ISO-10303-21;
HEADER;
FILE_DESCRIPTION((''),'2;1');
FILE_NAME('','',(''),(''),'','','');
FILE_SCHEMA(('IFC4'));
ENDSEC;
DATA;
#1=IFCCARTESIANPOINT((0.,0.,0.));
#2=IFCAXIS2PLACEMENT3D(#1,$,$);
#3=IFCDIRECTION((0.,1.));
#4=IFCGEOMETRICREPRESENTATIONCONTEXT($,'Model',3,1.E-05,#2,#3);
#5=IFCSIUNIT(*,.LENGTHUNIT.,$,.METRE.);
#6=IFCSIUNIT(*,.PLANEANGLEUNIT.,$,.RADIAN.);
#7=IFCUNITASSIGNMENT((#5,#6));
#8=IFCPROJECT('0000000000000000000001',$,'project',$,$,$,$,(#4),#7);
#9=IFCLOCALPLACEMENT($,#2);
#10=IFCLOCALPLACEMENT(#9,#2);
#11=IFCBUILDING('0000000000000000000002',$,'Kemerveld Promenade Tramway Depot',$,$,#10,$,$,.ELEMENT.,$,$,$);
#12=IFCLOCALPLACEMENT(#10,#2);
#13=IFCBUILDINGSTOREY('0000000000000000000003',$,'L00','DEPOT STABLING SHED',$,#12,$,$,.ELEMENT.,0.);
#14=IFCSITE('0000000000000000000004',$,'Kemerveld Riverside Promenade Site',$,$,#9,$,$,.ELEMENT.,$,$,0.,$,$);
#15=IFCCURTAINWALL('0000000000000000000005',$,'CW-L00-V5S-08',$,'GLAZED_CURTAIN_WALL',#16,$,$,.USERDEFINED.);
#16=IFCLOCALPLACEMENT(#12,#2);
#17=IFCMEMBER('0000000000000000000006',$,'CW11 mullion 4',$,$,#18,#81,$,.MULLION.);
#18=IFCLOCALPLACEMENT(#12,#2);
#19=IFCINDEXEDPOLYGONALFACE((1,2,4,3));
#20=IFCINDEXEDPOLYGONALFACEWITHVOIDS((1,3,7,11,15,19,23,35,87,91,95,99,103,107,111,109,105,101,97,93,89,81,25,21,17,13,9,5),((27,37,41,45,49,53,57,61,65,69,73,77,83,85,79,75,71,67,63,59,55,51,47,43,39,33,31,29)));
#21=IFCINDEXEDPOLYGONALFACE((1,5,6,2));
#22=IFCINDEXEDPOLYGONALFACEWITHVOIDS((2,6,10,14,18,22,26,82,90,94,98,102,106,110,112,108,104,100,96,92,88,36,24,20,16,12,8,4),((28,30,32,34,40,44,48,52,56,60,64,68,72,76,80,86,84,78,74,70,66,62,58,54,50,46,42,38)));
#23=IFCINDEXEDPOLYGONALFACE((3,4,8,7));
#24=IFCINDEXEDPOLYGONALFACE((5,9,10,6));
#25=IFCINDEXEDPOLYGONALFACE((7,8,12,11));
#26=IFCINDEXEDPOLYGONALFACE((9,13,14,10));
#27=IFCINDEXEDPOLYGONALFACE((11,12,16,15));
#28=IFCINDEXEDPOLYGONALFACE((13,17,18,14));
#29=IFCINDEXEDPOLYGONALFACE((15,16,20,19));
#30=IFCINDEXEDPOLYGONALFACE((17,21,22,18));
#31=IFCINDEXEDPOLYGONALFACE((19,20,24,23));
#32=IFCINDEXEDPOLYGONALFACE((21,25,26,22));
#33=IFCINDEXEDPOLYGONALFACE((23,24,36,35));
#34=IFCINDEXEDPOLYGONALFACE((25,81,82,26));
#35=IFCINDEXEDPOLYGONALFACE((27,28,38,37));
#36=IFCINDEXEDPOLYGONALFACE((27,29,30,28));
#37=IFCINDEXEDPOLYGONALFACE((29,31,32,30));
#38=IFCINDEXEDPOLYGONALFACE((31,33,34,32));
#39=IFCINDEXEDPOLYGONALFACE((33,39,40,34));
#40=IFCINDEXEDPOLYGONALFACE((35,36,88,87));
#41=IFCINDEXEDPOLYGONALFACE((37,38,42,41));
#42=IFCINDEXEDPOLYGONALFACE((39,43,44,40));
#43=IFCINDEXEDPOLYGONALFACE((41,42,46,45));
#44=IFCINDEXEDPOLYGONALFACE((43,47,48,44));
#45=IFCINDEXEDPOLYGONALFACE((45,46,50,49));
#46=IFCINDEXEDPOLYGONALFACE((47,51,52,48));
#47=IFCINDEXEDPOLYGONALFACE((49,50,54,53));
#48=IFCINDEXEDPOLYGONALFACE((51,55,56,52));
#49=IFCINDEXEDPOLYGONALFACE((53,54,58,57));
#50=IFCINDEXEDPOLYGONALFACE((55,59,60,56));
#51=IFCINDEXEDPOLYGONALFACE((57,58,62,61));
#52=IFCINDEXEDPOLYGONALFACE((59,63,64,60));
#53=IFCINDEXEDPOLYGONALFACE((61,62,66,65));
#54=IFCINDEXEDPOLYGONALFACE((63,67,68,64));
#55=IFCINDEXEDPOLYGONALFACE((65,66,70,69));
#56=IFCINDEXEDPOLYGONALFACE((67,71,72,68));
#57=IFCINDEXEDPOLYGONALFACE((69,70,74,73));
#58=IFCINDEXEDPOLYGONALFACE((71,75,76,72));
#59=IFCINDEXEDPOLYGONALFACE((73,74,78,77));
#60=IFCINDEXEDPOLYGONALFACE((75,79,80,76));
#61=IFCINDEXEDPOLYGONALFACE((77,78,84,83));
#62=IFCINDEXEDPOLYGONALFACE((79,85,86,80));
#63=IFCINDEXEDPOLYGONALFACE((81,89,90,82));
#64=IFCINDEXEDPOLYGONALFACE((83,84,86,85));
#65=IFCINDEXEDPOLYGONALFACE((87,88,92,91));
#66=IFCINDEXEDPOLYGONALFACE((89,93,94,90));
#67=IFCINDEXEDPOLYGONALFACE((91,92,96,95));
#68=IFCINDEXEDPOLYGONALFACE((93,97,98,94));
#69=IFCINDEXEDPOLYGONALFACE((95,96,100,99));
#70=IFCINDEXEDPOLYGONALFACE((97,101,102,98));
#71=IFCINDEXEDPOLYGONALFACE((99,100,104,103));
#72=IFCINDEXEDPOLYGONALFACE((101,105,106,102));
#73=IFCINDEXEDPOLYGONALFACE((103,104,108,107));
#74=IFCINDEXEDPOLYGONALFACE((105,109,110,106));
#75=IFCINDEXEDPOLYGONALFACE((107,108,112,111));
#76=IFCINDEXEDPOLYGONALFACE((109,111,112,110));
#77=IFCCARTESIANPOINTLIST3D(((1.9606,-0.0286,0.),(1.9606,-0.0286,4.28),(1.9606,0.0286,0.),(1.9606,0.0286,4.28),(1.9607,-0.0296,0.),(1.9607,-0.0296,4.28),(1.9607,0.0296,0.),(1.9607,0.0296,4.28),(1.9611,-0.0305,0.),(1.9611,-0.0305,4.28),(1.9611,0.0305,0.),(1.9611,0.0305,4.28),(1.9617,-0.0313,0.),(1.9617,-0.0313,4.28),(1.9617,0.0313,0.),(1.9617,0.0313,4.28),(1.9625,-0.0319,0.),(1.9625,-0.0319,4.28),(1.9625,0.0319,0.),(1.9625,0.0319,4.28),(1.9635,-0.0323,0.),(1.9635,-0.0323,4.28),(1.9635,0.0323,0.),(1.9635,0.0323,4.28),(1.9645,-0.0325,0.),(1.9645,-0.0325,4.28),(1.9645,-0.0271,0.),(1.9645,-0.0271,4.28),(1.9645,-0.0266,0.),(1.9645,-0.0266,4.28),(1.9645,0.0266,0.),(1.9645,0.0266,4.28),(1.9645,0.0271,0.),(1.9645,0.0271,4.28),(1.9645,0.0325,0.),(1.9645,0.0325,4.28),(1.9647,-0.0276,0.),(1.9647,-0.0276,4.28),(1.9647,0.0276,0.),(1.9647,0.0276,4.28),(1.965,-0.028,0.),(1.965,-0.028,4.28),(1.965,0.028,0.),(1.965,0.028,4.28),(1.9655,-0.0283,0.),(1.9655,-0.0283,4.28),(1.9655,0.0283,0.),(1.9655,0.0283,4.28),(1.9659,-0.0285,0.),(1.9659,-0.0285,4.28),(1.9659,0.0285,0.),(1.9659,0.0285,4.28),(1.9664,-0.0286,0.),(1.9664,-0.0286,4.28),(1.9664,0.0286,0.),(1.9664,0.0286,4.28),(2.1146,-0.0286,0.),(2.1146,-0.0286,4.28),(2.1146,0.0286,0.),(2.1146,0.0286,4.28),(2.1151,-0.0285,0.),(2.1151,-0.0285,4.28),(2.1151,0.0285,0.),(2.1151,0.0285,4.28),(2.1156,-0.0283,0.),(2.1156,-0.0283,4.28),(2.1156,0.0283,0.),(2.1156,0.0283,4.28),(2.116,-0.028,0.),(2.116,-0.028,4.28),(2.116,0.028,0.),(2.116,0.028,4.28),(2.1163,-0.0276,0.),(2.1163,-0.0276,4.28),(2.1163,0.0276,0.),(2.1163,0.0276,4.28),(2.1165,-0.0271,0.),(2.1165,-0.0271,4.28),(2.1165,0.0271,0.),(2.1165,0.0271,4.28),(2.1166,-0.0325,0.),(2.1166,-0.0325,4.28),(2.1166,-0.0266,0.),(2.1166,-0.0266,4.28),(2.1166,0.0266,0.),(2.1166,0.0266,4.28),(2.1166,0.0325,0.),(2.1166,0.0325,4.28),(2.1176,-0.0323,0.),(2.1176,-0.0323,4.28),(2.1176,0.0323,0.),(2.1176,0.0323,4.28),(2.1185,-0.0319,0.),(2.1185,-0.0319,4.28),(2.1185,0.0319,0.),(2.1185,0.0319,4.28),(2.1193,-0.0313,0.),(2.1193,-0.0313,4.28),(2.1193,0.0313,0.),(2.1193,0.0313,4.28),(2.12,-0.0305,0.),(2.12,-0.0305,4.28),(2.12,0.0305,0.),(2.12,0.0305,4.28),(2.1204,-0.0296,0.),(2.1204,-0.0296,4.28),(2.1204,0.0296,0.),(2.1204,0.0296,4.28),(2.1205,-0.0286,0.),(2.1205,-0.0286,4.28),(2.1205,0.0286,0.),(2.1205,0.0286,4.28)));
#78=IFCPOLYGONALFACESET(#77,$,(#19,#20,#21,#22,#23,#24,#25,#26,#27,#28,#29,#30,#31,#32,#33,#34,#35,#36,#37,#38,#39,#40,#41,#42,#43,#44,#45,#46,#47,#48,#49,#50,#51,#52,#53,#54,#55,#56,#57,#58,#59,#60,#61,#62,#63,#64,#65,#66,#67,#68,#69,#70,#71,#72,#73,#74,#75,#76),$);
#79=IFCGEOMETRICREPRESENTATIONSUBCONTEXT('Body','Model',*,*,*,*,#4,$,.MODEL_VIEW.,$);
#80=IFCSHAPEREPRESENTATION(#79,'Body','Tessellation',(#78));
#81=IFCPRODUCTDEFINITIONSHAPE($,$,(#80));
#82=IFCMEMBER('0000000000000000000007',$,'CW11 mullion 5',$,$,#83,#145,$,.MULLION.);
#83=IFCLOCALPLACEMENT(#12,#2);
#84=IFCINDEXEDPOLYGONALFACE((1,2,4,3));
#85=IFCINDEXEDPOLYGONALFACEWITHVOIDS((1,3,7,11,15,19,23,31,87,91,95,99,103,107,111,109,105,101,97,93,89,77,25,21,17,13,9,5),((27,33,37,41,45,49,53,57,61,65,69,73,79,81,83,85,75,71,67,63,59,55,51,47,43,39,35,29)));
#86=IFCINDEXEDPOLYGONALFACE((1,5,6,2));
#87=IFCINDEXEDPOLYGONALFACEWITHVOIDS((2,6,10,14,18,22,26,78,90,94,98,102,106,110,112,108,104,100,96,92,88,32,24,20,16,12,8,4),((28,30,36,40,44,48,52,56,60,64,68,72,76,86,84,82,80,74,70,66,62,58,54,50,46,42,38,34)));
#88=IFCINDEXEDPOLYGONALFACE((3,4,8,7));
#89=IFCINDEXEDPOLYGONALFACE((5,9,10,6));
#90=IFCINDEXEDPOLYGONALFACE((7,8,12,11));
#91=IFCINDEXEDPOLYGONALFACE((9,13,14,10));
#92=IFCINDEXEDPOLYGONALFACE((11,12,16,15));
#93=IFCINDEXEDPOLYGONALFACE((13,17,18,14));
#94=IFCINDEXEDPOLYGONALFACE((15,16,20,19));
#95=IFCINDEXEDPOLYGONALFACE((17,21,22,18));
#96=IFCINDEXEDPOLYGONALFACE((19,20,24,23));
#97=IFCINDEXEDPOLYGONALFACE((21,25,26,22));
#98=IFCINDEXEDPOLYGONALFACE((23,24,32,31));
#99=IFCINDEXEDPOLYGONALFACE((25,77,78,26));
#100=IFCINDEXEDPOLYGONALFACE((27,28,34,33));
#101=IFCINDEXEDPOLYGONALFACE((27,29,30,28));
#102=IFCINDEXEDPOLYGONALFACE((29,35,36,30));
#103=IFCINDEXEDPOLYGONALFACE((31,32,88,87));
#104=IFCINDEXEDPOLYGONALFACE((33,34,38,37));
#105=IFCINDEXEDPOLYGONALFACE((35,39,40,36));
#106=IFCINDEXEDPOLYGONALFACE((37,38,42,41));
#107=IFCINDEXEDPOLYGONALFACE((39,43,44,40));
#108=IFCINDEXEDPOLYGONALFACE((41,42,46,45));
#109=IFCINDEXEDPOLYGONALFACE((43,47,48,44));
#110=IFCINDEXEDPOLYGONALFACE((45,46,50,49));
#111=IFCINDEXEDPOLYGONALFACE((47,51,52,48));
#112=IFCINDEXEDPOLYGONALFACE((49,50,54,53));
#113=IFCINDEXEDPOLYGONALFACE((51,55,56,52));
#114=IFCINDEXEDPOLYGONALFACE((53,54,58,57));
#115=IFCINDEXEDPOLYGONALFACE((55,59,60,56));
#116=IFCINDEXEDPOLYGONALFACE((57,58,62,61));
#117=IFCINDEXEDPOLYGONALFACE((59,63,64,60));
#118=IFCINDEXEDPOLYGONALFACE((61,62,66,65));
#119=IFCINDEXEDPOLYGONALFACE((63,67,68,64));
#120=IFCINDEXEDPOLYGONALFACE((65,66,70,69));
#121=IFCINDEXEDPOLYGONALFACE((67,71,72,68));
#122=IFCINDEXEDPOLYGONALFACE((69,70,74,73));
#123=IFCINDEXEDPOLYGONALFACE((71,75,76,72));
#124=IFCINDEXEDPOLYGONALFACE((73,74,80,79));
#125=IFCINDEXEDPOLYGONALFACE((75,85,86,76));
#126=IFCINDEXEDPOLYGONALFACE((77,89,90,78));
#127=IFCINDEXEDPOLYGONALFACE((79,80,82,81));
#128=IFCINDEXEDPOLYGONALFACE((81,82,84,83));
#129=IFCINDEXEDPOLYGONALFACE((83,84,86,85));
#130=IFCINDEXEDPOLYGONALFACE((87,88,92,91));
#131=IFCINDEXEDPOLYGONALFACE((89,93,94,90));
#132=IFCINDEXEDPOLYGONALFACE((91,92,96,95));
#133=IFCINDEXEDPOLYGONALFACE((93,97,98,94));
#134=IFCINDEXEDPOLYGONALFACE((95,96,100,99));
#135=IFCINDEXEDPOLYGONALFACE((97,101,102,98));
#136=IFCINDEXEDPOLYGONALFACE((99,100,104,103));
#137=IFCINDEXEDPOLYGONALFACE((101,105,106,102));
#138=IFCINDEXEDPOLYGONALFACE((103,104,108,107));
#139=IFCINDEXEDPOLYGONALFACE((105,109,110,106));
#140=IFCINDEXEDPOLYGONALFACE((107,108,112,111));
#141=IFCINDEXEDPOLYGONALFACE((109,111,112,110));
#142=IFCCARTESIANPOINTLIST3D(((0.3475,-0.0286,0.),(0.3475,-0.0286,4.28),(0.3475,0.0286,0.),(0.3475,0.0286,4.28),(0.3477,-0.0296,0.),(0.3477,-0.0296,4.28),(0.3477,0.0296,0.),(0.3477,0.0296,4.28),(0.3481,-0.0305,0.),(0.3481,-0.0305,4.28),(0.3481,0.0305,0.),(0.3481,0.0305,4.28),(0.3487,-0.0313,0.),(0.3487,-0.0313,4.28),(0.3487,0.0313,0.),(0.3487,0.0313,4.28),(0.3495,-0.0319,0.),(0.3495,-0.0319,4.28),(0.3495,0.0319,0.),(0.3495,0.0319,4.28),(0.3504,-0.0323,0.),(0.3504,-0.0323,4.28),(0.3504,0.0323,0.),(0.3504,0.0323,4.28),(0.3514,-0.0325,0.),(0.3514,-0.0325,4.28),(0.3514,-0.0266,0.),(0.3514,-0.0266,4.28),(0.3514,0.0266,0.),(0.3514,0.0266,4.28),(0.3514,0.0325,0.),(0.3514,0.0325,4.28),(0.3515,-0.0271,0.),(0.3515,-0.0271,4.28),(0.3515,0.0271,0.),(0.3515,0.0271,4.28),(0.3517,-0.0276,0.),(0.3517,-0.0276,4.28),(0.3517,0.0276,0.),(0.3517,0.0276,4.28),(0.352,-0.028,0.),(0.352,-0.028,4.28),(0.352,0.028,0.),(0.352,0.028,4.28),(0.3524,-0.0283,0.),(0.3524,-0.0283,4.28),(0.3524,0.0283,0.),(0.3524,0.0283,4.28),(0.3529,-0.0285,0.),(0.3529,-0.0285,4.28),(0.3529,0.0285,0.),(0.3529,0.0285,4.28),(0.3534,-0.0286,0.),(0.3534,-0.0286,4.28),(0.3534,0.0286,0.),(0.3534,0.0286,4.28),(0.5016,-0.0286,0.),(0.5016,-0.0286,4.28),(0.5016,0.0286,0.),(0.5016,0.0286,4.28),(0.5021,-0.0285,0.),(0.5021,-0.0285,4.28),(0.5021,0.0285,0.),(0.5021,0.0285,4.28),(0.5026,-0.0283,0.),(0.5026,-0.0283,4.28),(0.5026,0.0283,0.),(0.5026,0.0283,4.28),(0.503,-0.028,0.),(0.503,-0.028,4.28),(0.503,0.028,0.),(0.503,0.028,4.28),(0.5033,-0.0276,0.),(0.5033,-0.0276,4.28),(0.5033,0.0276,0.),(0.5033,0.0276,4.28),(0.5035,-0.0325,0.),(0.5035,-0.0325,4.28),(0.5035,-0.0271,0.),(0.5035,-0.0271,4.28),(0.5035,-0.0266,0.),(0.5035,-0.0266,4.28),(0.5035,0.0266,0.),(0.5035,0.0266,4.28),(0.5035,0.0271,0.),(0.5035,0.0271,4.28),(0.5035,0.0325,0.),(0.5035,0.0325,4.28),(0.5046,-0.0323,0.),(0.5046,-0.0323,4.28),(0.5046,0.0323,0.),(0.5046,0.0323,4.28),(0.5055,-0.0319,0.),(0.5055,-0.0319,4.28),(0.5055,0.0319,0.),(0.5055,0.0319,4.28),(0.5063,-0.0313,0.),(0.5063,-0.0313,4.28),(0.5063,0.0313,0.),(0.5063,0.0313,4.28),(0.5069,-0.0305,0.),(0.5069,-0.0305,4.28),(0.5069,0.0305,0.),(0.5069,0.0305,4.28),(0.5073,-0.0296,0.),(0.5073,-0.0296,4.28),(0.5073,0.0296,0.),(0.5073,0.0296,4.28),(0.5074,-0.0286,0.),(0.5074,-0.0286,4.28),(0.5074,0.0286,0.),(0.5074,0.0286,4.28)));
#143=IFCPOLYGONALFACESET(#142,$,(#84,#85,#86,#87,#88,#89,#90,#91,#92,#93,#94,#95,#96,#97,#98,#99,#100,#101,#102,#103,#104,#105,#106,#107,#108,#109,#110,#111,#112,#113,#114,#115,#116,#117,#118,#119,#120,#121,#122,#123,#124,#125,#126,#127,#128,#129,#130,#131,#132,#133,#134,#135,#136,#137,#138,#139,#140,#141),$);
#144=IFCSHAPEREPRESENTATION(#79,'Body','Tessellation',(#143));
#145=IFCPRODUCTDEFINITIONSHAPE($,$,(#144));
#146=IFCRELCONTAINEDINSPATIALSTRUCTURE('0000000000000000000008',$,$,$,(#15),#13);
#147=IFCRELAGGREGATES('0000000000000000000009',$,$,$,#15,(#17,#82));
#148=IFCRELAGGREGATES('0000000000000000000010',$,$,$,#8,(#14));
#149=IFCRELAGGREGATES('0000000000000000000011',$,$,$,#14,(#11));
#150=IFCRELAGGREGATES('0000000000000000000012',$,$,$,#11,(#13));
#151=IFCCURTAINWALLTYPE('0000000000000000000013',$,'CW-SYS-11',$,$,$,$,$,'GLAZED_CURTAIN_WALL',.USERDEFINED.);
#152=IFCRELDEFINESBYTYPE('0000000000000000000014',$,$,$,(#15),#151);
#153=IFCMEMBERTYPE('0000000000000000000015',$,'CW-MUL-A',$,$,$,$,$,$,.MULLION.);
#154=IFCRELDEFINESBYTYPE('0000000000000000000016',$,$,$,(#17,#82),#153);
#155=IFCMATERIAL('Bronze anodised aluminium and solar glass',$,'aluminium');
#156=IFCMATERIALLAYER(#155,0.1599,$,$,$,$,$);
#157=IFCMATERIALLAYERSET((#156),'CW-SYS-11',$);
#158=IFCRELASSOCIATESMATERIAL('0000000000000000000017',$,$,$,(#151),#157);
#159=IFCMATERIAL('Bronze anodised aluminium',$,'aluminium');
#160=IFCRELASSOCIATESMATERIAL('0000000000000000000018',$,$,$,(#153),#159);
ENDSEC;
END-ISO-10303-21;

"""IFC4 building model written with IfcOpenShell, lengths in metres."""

from ifc_helpers import new_model, si_unit, direction, frame, origin, origin_2d, place, context, subcontext, project, spatial, hollow_rectangle, extrude, material, layer, layer_set, material_profile, profile_set, type_object, element, aggregate, save


model = new_model("IFC4")

# Units and contexts
model_context = context("Model", 3, precision=1e-05, world=origin(), true_north=direction((0.0, 1.0)))
body_context = subcontext(model_context, "Body", "Model", "MODEL_VIEW")
ifc_project = project(units=[si_unit("LENGTHUNIT", "METRE"), si_unit("PLANEANGLEUNIT", "RADIAN")], contexts=[model_context])

# Site, building, storey
site_placement = place(None, origin())
site = spatial("IfcSite", under=ifc_project, at=site_placement, Name="Kemerveld Riverside Promenade Site", CompositionType="ELEMENT", RefElevation=0.0)
building_placement = place(site_placement, origin())
building = spatial("IfcBuilding", under=site, at=building_placement, Name="Kemerveld Promenade Tramway Depot", CompositionType="ELEMENT")
storey_placement = place(building_placement, origin())
storey = spatial("IfcBuildingStorey", under=building, at=storey_placement, Name="L00", Description="DEPOT STABLING SHED", CompositionType="ELEMENT", Elevation=0.0)

# Curtain wall, members
ifc_material_1 = material(Name="Bronze anodised aluminium and solar glass", Category="aluminium")
ifc_layer_1 = layer(ifc_material_1, 0.1599)
ifc_layer_set_1 = layer_set([ifc_layer_1], Name="CW-SYS-11")
curtain_wall_type = type_object("IfcCurtainWallType", Name="CW-SYS-11", ElementType="GLAZED_CURTAIN_WALL", PredefinedType="USERDEFINED", material=ifc_layer_set_1)
curtain_wall_placement = place(storey_placement, origin())
curtain_wall = element("IfcCurtainWall", 1, at=curtain_wall_placement, inside=storey, type_object=curtain_wall_type, Name="CW-L00-V5S-08", ObjectType="GLAZED_CURTAIN_WALL", PredefinedType="USERDEFINED")
ifc_material_2 = material(Name="Bronze anodised aluminium", Category="aluminium")
ifc_material_profile_1 = material_profile(ifc_material_2, hollow_rectangle(XDim=0.0649, YDim=0.1599, WallThickness=0.0039, InnerFilletRadius=0.002, OuterFilletRadius=0.0039, at=origin_2d()), Name="CW-MUL-160x65")
ifc_profile_set_1 = profile_set([ifc_material_profile_1], Name="Bronze anodised aluminium")
member_type_1 = type_object("IfcMemberType", Name="CW-MUL-A", PredefinedType="MULLION", material=ifc_profile_set_1)
member_1_placement = place(storey_placement, frame((2.0405, 0.0, 0.0), z_axis=(0.0, 0.0, 1.0), x_axis=(0.0, -1.0, 0.0)))
member_1 = element("IfcMember", 2, at=member_1_placement, type_object=member_type_1, Name="CW11 mullion 4", PredefinedType="MULLION", context=body_context, shape_type="SweptSolid", body=[
    extrude(hollow_rectangle(XDim=0.0649, YDim=0.1599, WallThickness=0.0039, InnerFilletRadius=0.002, OuterFilletRadius=0.0039, at=origin_2d()), origin(), (0.0, 0.0, 1.0), 4.28),
])
member_2_placement = place(storey_placement, frame((0.4275, 0.0, 0.0), z_axis=(0.0, 0.0, 1.0), x_axis=(0.0, -1.0, 0.0)))
member_2 = element("IfcMember", 3, at=member_2_placement, type_object=member_type_1, Name="CW11 mullion 5", PredefinedType="MULLION", context=body_context, shape_type="SweptSolid", body=[
    extrude(hollow_rectangle(XDim=0.0649, YDim=0.1599, WallThickness=0.0039, InnerFilletRadius=0.002, OuterFilletRadius=0.0039, at=origin_2d()), origin(), (0.0, 0.0, 1.0), 4.28),
])
aggregate(curtain_wall, [member_1, member_2])

save(model, "model.ifc")
